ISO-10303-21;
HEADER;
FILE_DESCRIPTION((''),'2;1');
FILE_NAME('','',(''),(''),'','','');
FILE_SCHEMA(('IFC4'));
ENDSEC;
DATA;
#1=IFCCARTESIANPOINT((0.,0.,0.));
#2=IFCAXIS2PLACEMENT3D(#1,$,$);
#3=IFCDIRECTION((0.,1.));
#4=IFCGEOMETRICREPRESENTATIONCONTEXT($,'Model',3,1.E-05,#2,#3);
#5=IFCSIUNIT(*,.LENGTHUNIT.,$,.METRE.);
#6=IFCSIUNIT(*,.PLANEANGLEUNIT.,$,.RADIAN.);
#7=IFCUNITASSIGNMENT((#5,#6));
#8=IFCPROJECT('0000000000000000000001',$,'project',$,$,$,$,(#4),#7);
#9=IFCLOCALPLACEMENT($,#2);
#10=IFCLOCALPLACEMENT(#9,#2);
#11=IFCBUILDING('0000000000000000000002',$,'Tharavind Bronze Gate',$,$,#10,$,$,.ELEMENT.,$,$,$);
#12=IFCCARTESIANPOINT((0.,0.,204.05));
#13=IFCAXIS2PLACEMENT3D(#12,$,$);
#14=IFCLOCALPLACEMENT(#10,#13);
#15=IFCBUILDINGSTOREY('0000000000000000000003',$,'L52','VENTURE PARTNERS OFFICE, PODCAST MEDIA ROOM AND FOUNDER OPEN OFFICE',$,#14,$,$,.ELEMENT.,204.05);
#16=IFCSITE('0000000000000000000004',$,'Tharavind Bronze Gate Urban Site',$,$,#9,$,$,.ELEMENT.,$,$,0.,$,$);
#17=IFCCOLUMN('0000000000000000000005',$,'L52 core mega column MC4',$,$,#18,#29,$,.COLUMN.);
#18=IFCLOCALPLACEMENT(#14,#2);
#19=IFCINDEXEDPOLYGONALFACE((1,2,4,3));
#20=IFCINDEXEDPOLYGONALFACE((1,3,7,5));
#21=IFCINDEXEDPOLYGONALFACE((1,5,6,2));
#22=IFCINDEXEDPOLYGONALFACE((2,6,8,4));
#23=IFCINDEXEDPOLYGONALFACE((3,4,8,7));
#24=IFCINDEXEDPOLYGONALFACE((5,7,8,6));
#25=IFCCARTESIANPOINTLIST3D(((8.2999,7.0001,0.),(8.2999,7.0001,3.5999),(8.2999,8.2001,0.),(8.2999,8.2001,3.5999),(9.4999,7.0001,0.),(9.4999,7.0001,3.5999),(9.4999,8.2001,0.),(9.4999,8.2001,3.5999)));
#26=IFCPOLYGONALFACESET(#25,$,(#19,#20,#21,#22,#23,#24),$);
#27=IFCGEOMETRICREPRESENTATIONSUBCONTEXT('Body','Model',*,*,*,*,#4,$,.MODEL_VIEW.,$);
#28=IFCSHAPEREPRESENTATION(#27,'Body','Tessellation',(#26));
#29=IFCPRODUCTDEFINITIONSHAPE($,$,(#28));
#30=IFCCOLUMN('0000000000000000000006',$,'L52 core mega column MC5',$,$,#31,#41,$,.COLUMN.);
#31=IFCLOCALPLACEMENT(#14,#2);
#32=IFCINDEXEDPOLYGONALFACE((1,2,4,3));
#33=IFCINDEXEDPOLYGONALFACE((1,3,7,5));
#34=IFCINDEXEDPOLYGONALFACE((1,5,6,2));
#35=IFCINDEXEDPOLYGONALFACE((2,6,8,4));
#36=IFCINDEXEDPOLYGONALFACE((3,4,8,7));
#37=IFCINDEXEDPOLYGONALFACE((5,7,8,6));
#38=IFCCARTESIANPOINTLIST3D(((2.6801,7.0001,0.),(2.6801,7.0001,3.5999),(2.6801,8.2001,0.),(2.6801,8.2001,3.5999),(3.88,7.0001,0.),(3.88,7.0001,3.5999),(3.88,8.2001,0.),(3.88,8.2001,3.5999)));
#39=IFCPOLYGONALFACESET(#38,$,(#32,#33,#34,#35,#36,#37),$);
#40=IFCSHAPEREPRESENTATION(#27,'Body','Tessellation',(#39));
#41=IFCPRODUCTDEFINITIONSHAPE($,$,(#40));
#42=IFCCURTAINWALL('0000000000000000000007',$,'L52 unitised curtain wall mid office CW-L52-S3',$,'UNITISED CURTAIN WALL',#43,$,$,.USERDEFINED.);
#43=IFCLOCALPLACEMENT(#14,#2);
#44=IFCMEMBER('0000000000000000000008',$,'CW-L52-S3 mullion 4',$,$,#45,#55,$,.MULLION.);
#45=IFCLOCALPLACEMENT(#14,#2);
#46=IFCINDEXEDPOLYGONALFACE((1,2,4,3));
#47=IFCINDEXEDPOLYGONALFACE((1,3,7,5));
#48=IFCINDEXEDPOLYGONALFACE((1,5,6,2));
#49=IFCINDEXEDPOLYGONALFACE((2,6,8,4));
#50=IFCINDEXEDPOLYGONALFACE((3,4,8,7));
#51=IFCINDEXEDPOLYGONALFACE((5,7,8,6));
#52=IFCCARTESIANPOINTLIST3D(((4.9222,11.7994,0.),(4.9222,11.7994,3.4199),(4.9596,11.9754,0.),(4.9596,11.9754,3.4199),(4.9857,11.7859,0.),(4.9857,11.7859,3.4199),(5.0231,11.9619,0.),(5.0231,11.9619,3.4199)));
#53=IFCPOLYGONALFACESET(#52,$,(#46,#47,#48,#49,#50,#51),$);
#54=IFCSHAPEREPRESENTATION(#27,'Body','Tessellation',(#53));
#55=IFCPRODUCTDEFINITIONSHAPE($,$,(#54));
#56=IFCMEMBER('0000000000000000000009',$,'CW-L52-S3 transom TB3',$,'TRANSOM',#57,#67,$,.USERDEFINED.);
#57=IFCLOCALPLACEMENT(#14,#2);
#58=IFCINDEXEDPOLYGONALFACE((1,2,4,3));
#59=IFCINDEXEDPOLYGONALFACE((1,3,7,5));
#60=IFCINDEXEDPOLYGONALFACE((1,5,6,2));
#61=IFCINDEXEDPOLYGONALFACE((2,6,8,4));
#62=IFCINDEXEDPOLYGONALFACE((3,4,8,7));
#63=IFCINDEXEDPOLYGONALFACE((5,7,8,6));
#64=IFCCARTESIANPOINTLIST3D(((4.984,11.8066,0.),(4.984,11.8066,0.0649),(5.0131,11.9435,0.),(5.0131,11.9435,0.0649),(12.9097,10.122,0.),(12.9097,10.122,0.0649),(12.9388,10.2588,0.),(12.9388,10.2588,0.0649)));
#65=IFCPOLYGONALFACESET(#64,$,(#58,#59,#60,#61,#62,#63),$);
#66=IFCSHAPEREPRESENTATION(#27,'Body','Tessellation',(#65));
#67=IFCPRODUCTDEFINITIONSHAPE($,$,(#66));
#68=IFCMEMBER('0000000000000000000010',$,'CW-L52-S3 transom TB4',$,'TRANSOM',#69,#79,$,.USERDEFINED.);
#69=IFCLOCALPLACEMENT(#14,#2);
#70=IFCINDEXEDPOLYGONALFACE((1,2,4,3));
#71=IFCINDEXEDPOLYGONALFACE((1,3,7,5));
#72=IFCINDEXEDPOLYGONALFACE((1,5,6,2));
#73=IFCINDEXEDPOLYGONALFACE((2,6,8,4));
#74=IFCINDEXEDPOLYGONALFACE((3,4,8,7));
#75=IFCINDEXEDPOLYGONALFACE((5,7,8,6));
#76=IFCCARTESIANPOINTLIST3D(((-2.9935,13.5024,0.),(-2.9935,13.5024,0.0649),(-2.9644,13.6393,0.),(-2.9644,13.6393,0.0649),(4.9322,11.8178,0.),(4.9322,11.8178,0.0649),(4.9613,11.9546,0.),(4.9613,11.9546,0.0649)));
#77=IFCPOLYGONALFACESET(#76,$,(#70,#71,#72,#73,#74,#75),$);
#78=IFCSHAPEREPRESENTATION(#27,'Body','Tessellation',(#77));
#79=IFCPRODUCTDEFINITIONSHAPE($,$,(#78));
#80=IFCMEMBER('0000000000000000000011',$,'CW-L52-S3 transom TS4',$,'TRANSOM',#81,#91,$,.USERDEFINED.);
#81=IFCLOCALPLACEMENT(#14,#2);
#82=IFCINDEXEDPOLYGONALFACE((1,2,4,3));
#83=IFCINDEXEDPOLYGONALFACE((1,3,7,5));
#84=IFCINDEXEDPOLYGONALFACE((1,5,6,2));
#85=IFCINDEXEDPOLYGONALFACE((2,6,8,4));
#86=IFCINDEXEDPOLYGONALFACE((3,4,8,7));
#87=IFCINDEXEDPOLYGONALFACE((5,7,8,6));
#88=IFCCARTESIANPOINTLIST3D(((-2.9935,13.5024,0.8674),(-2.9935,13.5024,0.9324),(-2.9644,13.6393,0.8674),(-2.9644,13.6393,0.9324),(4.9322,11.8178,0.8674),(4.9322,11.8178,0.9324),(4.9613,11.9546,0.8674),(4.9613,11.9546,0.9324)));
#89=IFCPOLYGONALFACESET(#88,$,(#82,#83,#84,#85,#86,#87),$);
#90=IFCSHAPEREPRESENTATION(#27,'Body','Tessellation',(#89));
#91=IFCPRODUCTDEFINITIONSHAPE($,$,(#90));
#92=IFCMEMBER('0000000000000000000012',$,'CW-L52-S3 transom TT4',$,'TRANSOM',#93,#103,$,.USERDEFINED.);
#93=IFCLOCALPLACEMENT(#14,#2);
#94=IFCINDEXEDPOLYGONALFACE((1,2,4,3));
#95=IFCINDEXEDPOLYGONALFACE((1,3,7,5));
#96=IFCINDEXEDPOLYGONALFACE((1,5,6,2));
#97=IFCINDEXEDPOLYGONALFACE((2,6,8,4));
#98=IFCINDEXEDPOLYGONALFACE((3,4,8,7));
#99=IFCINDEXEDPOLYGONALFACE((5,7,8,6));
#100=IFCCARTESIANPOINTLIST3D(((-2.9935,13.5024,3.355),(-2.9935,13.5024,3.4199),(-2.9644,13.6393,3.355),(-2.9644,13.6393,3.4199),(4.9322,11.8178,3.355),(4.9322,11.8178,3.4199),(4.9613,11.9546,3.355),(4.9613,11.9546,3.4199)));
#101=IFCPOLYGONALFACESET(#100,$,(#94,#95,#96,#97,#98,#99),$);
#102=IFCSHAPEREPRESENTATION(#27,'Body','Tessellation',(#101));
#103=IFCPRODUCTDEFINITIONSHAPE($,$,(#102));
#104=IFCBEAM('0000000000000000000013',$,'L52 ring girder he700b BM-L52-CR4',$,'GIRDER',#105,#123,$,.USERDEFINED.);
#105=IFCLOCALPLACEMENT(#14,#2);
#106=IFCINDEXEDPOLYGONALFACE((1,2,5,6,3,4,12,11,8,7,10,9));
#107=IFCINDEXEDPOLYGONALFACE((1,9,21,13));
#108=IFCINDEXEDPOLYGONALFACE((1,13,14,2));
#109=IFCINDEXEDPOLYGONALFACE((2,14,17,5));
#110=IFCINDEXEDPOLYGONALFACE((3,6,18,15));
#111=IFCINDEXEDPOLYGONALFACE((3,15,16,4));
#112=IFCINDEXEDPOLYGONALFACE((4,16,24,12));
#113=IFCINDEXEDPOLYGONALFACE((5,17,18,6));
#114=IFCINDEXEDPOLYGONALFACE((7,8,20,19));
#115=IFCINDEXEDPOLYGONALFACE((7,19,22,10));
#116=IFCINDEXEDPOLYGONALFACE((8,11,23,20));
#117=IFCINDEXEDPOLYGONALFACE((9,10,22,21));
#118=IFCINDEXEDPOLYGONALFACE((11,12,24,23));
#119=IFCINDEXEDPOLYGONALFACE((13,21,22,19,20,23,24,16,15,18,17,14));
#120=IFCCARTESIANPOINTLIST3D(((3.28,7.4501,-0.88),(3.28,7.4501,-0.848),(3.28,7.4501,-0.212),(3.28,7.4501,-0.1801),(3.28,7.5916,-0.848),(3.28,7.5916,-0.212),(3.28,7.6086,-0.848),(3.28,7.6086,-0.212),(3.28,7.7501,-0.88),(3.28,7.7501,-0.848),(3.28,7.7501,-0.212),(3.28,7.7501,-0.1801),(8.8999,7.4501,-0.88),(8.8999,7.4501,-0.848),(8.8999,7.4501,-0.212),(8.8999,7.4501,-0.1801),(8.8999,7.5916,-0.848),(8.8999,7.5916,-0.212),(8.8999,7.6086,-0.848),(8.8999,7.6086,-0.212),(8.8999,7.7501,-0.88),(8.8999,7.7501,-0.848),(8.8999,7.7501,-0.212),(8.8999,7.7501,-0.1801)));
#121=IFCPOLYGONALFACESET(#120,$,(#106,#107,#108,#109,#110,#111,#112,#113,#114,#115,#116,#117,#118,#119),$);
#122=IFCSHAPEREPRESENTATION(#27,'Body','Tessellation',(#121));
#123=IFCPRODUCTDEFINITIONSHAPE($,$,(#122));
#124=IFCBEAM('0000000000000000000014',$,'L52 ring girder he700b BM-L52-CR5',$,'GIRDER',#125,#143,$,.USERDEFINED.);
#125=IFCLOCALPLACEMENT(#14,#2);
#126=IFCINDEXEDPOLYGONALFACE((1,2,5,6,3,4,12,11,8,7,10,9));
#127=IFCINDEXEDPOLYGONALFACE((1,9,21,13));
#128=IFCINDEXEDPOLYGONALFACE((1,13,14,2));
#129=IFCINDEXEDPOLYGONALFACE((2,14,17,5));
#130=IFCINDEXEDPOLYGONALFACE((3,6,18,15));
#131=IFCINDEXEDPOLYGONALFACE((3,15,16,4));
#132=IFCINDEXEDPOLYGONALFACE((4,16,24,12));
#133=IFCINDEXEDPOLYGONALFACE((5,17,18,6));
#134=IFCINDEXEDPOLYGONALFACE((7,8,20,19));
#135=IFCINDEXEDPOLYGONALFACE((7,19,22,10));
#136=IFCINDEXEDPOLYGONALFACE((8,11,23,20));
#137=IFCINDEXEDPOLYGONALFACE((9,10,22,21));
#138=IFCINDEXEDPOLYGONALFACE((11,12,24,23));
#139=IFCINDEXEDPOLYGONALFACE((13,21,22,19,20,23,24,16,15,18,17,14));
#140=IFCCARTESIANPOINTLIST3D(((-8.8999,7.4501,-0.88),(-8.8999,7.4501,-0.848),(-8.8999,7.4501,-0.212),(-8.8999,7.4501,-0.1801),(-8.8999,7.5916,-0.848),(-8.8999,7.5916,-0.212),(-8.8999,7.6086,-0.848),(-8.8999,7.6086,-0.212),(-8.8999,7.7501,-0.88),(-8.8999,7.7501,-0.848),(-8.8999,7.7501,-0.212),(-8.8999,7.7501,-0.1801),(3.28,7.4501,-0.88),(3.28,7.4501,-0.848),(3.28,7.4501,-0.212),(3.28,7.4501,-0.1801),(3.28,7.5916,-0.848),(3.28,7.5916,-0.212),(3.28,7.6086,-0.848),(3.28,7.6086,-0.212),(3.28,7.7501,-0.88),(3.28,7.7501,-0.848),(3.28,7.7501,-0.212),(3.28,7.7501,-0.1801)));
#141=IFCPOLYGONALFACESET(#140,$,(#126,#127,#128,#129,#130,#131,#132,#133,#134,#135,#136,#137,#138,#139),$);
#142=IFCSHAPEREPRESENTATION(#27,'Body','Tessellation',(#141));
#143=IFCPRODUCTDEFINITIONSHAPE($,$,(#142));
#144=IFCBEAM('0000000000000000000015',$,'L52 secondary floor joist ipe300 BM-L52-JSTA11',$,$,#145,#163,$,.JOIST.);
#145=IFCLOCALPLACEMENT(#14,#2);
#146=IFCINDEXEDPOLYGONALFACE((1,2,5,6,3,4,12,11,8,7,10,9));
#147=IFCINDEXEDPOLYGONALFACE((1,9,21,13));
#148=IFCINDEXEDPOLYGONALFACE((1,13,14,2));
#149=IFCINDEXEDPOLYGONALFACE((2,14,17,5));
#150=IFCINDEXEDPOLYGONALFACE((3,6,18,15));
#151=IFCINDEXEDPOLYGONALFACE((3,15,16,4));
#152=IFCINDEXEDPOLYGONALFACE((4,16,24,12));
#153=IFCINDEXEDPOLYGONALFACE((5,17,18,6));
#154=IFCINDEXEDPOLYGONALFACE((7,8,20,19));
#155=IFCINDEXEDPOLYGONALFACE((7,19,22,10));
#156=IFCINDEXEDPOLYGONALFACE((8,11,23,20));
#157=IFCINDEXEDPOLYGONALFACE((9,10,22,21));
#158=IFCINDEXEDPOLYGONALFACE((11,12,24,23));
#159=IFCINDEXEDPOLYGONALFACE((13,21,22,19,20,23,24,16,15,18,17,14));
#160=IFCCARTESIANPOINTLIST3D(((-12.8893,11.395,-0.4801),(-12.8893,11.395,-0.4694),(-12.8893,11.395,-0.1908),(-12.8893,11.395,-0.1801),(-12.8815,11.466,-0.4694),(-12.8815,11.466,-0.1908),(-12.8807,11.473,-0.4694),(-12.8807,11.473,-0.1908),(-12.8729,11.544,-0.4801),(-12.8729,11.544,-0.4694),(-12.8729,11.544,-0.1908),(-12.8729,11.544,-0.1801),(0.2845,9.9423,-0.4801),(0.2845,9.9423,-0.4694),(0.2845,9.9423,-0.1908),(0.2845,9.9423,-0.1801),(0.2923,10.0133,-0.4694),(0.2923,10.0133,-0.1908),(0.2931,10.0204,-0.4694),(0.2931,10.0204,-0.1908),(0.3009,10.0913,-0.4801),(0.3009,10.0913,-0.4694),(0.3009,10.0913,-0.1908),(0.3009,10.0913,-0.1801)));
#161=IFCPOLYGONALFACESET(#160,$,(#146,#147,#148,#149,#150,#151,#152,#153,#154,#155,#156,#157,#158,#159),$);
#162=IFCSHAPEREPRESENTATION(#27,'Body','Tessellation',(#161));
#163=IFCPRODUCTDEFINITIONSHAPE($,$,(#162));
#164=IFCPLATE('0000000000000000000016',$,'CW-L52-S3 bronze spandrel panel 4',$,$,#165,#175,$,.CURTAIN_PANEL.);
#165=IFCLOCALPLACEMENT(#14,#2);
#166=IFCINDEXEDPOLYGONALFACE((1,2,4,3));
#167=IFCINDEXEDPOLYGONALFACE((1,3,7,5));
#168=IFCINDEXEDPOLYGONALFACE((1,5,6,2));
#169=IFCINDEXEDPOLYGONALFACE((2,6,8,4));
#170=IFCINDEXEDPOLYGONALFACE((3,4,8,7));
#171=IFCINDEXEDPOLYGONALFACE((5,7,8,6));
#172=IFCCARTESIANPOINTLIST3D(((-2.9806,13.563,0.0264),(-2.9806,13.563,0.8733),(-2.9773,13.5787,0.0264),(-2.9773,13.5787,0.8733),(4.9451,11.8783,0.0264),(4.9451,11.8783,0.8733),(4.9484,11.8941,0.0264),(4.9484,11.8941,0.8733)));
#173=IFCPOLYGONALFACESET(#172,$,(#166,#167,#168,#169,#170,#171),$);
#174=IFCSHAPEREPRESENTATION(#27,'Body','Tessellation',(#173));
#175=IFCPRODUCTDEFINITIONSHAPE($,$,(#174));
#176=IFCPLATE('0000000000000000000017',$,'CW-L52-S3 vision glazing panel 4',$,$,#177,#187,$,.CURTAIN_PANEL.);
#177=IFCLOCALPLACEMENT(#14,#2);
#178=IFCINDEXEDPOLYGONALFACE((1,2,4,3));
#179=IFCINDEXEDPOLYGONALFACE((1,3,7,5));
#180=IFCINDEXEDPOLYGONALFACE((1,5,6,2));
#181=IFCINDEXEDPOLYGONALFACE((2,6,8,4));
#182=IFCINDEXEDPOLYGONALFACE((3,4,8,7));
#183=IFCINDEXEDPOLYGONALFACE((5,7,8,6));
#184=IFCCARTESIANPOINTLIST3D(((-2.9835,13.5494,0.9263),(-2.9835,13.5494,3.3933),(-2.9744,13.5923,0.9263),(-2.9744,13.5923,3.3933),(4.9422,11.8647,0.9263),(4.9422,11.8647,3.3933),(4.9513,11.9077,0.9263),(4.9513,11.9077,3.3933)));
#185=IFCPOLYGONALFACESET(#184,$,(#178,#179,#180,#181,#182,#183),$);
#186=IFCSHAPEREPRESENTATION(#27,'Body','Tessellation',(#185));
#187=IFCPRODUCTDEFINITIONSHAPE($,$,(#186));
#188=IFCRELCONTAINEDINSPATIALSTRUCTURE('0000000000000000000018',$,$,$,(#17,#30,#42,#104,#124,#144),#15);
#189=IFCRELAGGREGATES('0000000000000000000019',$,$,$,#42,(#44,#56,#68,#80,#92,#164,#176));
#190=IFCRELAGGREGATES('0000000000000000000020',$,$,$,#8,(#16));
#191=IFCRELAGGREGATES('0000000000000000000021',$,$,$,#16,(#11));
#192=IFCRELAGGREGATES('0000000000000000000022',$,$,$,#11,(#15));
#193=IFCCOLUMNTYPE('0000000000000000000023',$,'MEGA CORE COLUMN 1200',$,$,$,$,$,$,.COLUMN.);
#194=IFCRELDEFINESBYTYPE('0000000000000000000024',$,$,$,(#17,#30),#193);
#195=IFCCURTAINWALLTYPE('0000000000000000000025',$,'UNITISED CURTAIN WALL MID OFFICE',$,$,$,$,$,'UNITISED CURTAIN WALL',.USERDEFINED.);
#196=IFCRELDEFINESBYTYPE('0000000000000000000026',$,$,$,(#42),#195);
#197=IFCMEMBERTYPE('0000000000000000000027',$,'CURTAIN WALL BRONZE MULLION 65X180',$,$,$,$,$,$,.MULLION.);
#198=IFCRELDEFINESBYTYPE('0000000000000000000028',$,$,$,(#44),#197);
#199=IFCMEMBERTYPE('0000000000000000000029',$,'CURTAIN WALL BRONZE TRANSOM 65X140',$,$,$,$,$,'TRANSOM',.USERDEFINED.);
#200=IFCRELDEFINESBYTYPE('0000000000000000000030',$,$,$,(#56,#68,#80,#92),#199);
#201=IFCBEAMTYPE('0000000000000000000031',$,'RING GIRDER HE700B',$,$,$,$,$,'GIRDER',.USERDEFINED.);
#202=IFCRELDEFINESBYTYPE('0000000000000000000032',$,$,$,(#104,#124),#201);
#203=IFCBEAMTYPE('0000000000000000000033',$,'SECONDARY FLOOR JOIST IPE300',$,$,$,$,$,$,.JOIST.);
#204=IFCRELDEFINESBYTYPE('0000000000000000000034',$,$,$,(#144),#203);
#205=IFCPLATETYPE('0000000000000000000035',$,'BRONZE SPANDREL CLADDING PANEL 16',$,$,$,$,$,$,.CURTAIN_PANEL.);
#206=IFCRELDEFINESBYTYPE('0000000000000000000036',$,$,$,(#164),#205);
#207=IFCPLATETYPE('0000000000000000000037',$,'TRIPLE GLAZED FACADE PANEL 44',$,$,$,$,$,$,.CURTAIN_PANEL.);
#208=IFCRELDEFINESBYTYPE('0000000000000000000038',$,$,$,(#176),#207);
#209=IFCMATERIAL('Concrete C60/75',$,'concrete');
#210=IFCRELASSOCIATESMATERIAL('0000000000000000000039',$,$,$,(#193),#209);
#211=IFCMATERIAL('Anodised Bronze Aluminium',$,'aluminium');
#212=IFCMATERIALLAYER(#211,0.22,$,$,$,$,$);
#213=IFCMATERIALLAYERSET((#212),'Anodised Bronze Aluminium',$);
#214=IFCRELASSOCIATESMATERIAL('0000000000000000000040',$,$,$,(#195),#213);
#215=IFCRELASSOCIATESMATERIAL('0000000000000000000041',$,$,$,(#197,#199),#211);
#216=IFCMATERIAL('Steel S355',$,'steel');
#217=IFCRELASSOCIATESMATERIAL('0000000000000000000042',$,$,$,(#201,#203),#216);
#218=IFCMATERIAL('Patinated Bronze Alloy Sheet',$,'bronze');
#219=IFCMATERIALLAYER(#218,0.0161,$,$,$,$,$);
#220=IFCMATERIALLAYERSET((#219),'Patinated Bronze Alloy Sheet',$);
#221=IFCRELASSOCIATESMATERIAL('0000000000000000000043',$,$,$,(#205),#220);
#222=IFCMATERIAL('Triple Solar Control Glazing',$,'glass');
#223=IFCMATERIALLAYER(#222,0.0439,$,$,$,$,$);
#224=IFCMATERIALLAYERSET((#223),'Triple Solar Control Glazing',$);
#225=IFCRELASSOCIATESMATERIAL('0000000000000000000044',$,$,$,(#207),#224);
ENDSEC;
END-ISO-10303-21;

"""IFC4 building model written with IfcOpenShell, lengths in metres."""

from ifc_helpers import new_model, si_unit, direction, frame, origin, origin_2d, place, context, subcontext, project, spatial, rectangle, i_section, extrude, material, layer, layer_set, material_profile, profile_set, type_object, element, aggregate, save


model = new_model("IFC4")

# Units and contexts
model_context = context("Model", 3, precision=1e-05, world=origin(), true_north=direction((0.0, 1.0)))
body_context = subcontext(model_context, "Body", "Model", "MODEL_VIEW")
ifc_project = project(units=[si_unit("LENGTHUNIT", "METRE"), si_unit("PLANEANGLEUNIT", "RADIAN")], contexts=[model_context])

# Site, building, storey
site_placement = place(None, origin())
site = spatial("IfcSite", under=ifc_project, at=site_placement, Name="Tharavind Bronze Gate Urban Site", CompositionType="ELEMENT", RefElevation=0.0)
building_placement = place(site_placement, origin())
building = spatial("IfcBuilding", under=site, at=building_placement, Name="Tharavind Bronze Gate", CompositionType="ELEMENT")
storey_placement = place(building_placement, frame((0.0, 0.0, 204.05)))
storey = spatial("IfcBuildingStorey", under=building, at=storey_placement, Name="L52", Description="VENTURE PARTNERS OFFICE, PODCAST MEDIA ROOM AND FOUNDER OPEN OFFICE", CompositionType="ELEMENT", Elevation=204.05)

# Columns
ifc_material_1 = material(Name="Concrete C60/75", Category="concrete")
ifc_material_profile_1 = material_profile(ifc_material_1, rectangle(XDim=1.2, YDim=1.2, at=origin_2d()), Name="RCCOL1200")
ifc_profile_set_1 = profile_set([ifc_material_profile_1], Name="Concrete C60/75")
column_type = type_object("IfcColumnType", Name="MEGA CORE COLUMN 1200", PredefinedType="COLUMN", material=ifc_profile_set_1)
for number, where, z_axis, x_axis, name in (
    (1, (8.8999, 7.6001, 0.0), (0.0, 0.0, 1.0), (1.0, 0.0, 0.0), "L52 core mega column MC4"),
    (2, (3.28, 7.6001, 0.0), (0.0, 0.0, 1.0), (1.0, 0.0, 0.0), "L52 core mega column MC5"),
):
    element("IfcColumn", number, at=place(storey_placement, frame(where, z_axis=z_axis, x_axis=x_axis)), inside=storey, type_object=column_type, Name=name, PredefinedType="COLUMN", context=body_context, shape_type="SweptSolid", body=[
        extrude(rectangle(XDim=1.2, YDim=1.2, at=origin_2d()), origin(), (0.0, 0.0, 1.0), 3.5999),
    ])

# Curtain wall, members
ifc_material_2 = material(Name="Anodised Bronze Aluminium", Category="aluminium")
ifc_layer_1 = layer(ifc_material_2, 0.22)
ifc_layer_set_1 = layer_set([ifc_layer_1], Name="Anodised Bronze Aluminium")
curtain_wall_type = type_object("IfcCurtainWallType", Name="UNITISED CURTAIN WALL MID OFFICE", ElementType="UNITISED CURTAIN WALL", PredefinedType="USERDEFINED", material=ifc_layer_set_1)
curtain_wall_placement = place(storey_placement, origin())
curtain_wall = element("IfcCurtainWall", 3, at=curtain_wall_placement, inside=storey, type_object=curtain_wall_type, Name="L52 unitised curtain wall mid office CW-L52-S3", ObjectType="UNITISED CURTAIN WALL", PredefinedType="USERDEFINED")
member_type_1 = type_object("IfcMemberType", Name="CURTAIN WALL BRONZE MULLION 65X180", PredefinedType="MULLION", material=ifc_material_2)
member_1_placement = place(storey_placement, frame((4.9727, 11.8806, 0.0), z_axis=(0.0, 0.0, 1.0), x_axis=(-0.978148, 0.207912, 0.0)))
member_1 = element("IfcMember", 4, at=member_1_placement, type_object=member_type_1, Name="CW-L52-S3 mullion 4", PredefinedType="MULLION", context=body_context, shape_type="SweptSolid", body=[
    extrude(rectangle(XDim=0.0649, YDim=0.1799, at=origin_2d()), origin(), (0.0, 0.0, 1.0), 3.4199),
])
member_type_2 = type_object("IfcMemberType", Name="CURTAIN WALL BRONZE TRANSOM 65X140", ElementType="TRANSOM", PredefinedType="USERDEFINED", material=ifc_material_2)
member_2_placement = place(storey_placement, frame((8.9614, 11.0327, 0.0), z_axis=(0.0, 0.0, 1.0), x_axis=(-0.978148, 0.207912, 0.0)))
member_2 = element("IfcMember", 5, at=member_2_placement, type_object=member_type_2, Name="CW-L52-S3 transom TB3", ObjectType="TRANSOM", PredefinedType="USERDEFINED", context=body_context, shape_type="SweptSolid", body=[
    extrude(rectangle(XDim=8.1028, YDim=0.1399, at=origin_2d()), origin(), (0.0, 0.0, 1.0), 0.0649),
])
member_3_placement = place(storey_placement, frame((0.9839, 12.7285, 0.0), z_axis=(0.0, 0.0, 1.0), x_axis=(-0.978148, 0.207912, 0.0)))
member_3 = element("IfcMember", 6, at=member_3_placement, type_object=member_type_2, Name="CW-L52-S3 transom TB4", ObjectType="TRANSOM", PredefinedType="USERDEFINED", context=body_context, shape_type="SweptSolid", body=[
    extrude(rectangle(XDim=8.1028, YDim=0.1399, at=origin_2d()), origin(), (0.0, 0.0, 1.0), 0.0649),
])
member_4_placement = place(storey_placement, frame((0.9839, 12.7285, 0.8674), z_axis=(0.0, 0.0, 1.0), x_axis=(-0.978148, 0.207912, 0.0)))
member_4 = element("IfcMember", 7, at=member_4_placement, type_object=member_type_2, Name="CW-L52-S3 transom TS4", ObjectType="TRANSOM", PredefinedType="USERDEFINED", context=body_context, shape_type="SweptSolid", body=[
    extrude(rectangle(XDim=8.1028, YDim=0.1399, at=origin_2d()), origin(), (0.0, 0.0, 1.0), 0.0649),
])
member_5_placement = place(storey_placement, frame((0.9839, 12.7285, 3.355), z_axis=(0.0, 0.0, 1.0), x_axis=(-0.978148, 0.207912, 0.0)))
member_5 = element("IfcMember", 8, at=member_5_placement, type_object=member_type_2, Name="CW-L52-S3 transom TT4", ObjectType="TRANSOM", PredefinedType="USERDEFINED", context=body_context, shape_type="SweptSolid", body=[
    extrude(rectangle(XDim=8.1028, YDim=0.1399, at=origin_2d()), origin(), (0.0, 0.0, 1.0), 0.0649),
])

# Beams
ifc_material_3 = material(Name="Steel S355", Category="steel")
ifc_material_profile_2 = material_profile(ifc_material_3, i_section(OverallWidth=0.3, OverallDepth=0.7, WebThickness=0.0171, FlangeThickness=0.032, at=origin_2d()), Name="HE700B")
ifc_profile_set_2 = profile_set([ifc_material_profile_2], Name="Steel S355")
beam_type_1 = type_object("IfcBeamType", Name="RING GIRDER HE700B", ElementType="GIRDER", PredefinedType="USERDEFINED", material=ifc_profile_set_2)
beam_1_placement = place(storey_placement, frame((8.8999, 7.6001, -0.53), z_axis=(-1.0, 0.0, 0.0), x_axis=(0.0, -1.0, 0.0)))
element("IfcBeam", 9, at=beam_1_placement, inside=storey, type_object=beam_type_1, Name="L52 ring girder he700b BM-L52-CR4", ObjectType="GIRDER", PredefinedType="USERDEFINED", context=body_context, shape_type="SweptSolid", body=[
    extrude(i_section(OverallWidth=0.3, OverallDepth=0.7, WebThickness=0.0171, FlangeThickness=0.032, at=origin_2d()), origin(), (0.0, 0.0, 1.0), 5.6199),
])
beam_2_placement = place(storey_placement, frame((3.28, 7.6001, -0.53), z_axis=(-1.0, 0.0, 0.0), x_axis=(0.0, -1.0, 0.0)))
element("IfcBeam", 10, at=beam_2_placement, inside=storey, type_object=beam_type_1, Name="L52 ring girder he700b BM-L52-CR5", ObjectType="GIRDER", PredefinedType="USERDEFINED", context=body_context, shape_type="SweptSolid", body=[
    extrude(i_section(OverallWidth=0.3, OverallDepth=0.7, WebThickness=0.0171, FlangeThickness=0.032, at=origin_2d()), origin(), (0.0, 0.0, 1.0), 12.1799),
])
ifc_material_profile_3 = material_profile(ifc_material_3, i_section(OverallWidth=0.1499, OverallDepth=0.3, WebThickness=0.0071, FlangeThickness=0.0107, at=origin_2d()), Name="IPE300")
ifc_profile_set_3 = profile_set([ifc_material_profile_3], Name="Steel S355")
beam_type_2 = type_object("IfcBeamType", Name="SECONDARY FLOOR JOIST IPE300", PredefinedType="JOIST", material=ifc_profile_set_3)
beam_3_placement = place(storey_placement, frame((0.2927, 10.0168, -0.3301), z_axis=(-0.993975, 0.109603, 0.0), x_axis=(-0.109603, -0.993975, 0.0)))
element("IfcBeam", 11, at=beam_3_placement, inside=storey, type_object=beam_type_2, Name="L52 secondary floor joist ipe300 BM-L52-JSTA11", PredefinedType="JOIST", context=body_context, shape_type="SweptSolid", body=[
    extrude(i_section(OverallWidth=0.1499, OverallDepth=0.3, WebThickness=0.0071, FlangeThickness=0.0107, at=origin_2d()), origin(), (0.0, 0.0, 1.0), 13.2537),
])

# Plates
ifc_material_4 = material(Name="Patinated Bronze Alloy Sheet", Category="bronze")
ifc_layer_2 = layer(ifc_material_4, 0.0161)
ifc_layer_set_2 = layer_set([ifc_layer_2], Name="Patinated Bronze Alloy Sheet")
plate_type_1 = type_object("IfcPlateType", Name="BRONZE SPANDREL CLADDING PANEL 16", PredefinedType="CURTAIN_PANEL", material=ifc_layer_set_2)
plate_1_placement = place(storey_placement, frame((0.9839, 12.7285, 0.0264), z_axis=(0.0, 0.0, 1.0), x_axis=(-0.978148, 0.207912, 0.0)))
plate_1 = element("IfcPlate", 12, at=plate_1_placement, type_object=plate_type_1, Name="CW-L52-S3 bronze spandrel panel 4", PredefinedType="CURTAIN_PANEL", context=body_context, shape_type="SweptSolid", body=[
    extrude(rectangle(XDim=8.1028, YDim=0.0161, at=origin_2d()), origin(), (0.0, 0.0, 1.0), 0.8469),
])
ifc_material_5 = material(Name="Triple Solar Control Glazing", Category="glass")
ifc_layer_3 = layer(ifc_material_5, 0.0439)
ifc_layer_set_3 = layer_set([ifc_layer_3], Name="Triple Solar Control Glazing")
plate_type_2 = type_object("IfcPlateType", Name="TRIPLE GLAZED FACADE PANEL 44", PredefinedType="CURTAIN_PANEL", material=ifc_layer_set_3)
plate_2_placement = place(storey_placement, frame((0.9839, 12.7285, 0.9263), z_axis=(0.0, 0.0, 1.0), x_axis=(-0.978148, 0.207912, 0.0)))
plate_2 = element("IfcPlate", 13, at=plate_2_placement, type_object=plate_type_2, Name="CW-L52-S3 vision glazing panel 4", PredefinedType="CURTAIN_PANEL", context=body_context, shape_type="SweptSolid", body=[
    extrude(rectangle(XDim=8.1028, YDim=0.0439, at=origin_2d()), origin(), (0.0, 0.0, 1.0), 2.467),
])
aggregate(curtain_wall, [member_1, member_2, member_3, member_4, member_5, plate_1, plate_2])

save(model, "model.ifc")
